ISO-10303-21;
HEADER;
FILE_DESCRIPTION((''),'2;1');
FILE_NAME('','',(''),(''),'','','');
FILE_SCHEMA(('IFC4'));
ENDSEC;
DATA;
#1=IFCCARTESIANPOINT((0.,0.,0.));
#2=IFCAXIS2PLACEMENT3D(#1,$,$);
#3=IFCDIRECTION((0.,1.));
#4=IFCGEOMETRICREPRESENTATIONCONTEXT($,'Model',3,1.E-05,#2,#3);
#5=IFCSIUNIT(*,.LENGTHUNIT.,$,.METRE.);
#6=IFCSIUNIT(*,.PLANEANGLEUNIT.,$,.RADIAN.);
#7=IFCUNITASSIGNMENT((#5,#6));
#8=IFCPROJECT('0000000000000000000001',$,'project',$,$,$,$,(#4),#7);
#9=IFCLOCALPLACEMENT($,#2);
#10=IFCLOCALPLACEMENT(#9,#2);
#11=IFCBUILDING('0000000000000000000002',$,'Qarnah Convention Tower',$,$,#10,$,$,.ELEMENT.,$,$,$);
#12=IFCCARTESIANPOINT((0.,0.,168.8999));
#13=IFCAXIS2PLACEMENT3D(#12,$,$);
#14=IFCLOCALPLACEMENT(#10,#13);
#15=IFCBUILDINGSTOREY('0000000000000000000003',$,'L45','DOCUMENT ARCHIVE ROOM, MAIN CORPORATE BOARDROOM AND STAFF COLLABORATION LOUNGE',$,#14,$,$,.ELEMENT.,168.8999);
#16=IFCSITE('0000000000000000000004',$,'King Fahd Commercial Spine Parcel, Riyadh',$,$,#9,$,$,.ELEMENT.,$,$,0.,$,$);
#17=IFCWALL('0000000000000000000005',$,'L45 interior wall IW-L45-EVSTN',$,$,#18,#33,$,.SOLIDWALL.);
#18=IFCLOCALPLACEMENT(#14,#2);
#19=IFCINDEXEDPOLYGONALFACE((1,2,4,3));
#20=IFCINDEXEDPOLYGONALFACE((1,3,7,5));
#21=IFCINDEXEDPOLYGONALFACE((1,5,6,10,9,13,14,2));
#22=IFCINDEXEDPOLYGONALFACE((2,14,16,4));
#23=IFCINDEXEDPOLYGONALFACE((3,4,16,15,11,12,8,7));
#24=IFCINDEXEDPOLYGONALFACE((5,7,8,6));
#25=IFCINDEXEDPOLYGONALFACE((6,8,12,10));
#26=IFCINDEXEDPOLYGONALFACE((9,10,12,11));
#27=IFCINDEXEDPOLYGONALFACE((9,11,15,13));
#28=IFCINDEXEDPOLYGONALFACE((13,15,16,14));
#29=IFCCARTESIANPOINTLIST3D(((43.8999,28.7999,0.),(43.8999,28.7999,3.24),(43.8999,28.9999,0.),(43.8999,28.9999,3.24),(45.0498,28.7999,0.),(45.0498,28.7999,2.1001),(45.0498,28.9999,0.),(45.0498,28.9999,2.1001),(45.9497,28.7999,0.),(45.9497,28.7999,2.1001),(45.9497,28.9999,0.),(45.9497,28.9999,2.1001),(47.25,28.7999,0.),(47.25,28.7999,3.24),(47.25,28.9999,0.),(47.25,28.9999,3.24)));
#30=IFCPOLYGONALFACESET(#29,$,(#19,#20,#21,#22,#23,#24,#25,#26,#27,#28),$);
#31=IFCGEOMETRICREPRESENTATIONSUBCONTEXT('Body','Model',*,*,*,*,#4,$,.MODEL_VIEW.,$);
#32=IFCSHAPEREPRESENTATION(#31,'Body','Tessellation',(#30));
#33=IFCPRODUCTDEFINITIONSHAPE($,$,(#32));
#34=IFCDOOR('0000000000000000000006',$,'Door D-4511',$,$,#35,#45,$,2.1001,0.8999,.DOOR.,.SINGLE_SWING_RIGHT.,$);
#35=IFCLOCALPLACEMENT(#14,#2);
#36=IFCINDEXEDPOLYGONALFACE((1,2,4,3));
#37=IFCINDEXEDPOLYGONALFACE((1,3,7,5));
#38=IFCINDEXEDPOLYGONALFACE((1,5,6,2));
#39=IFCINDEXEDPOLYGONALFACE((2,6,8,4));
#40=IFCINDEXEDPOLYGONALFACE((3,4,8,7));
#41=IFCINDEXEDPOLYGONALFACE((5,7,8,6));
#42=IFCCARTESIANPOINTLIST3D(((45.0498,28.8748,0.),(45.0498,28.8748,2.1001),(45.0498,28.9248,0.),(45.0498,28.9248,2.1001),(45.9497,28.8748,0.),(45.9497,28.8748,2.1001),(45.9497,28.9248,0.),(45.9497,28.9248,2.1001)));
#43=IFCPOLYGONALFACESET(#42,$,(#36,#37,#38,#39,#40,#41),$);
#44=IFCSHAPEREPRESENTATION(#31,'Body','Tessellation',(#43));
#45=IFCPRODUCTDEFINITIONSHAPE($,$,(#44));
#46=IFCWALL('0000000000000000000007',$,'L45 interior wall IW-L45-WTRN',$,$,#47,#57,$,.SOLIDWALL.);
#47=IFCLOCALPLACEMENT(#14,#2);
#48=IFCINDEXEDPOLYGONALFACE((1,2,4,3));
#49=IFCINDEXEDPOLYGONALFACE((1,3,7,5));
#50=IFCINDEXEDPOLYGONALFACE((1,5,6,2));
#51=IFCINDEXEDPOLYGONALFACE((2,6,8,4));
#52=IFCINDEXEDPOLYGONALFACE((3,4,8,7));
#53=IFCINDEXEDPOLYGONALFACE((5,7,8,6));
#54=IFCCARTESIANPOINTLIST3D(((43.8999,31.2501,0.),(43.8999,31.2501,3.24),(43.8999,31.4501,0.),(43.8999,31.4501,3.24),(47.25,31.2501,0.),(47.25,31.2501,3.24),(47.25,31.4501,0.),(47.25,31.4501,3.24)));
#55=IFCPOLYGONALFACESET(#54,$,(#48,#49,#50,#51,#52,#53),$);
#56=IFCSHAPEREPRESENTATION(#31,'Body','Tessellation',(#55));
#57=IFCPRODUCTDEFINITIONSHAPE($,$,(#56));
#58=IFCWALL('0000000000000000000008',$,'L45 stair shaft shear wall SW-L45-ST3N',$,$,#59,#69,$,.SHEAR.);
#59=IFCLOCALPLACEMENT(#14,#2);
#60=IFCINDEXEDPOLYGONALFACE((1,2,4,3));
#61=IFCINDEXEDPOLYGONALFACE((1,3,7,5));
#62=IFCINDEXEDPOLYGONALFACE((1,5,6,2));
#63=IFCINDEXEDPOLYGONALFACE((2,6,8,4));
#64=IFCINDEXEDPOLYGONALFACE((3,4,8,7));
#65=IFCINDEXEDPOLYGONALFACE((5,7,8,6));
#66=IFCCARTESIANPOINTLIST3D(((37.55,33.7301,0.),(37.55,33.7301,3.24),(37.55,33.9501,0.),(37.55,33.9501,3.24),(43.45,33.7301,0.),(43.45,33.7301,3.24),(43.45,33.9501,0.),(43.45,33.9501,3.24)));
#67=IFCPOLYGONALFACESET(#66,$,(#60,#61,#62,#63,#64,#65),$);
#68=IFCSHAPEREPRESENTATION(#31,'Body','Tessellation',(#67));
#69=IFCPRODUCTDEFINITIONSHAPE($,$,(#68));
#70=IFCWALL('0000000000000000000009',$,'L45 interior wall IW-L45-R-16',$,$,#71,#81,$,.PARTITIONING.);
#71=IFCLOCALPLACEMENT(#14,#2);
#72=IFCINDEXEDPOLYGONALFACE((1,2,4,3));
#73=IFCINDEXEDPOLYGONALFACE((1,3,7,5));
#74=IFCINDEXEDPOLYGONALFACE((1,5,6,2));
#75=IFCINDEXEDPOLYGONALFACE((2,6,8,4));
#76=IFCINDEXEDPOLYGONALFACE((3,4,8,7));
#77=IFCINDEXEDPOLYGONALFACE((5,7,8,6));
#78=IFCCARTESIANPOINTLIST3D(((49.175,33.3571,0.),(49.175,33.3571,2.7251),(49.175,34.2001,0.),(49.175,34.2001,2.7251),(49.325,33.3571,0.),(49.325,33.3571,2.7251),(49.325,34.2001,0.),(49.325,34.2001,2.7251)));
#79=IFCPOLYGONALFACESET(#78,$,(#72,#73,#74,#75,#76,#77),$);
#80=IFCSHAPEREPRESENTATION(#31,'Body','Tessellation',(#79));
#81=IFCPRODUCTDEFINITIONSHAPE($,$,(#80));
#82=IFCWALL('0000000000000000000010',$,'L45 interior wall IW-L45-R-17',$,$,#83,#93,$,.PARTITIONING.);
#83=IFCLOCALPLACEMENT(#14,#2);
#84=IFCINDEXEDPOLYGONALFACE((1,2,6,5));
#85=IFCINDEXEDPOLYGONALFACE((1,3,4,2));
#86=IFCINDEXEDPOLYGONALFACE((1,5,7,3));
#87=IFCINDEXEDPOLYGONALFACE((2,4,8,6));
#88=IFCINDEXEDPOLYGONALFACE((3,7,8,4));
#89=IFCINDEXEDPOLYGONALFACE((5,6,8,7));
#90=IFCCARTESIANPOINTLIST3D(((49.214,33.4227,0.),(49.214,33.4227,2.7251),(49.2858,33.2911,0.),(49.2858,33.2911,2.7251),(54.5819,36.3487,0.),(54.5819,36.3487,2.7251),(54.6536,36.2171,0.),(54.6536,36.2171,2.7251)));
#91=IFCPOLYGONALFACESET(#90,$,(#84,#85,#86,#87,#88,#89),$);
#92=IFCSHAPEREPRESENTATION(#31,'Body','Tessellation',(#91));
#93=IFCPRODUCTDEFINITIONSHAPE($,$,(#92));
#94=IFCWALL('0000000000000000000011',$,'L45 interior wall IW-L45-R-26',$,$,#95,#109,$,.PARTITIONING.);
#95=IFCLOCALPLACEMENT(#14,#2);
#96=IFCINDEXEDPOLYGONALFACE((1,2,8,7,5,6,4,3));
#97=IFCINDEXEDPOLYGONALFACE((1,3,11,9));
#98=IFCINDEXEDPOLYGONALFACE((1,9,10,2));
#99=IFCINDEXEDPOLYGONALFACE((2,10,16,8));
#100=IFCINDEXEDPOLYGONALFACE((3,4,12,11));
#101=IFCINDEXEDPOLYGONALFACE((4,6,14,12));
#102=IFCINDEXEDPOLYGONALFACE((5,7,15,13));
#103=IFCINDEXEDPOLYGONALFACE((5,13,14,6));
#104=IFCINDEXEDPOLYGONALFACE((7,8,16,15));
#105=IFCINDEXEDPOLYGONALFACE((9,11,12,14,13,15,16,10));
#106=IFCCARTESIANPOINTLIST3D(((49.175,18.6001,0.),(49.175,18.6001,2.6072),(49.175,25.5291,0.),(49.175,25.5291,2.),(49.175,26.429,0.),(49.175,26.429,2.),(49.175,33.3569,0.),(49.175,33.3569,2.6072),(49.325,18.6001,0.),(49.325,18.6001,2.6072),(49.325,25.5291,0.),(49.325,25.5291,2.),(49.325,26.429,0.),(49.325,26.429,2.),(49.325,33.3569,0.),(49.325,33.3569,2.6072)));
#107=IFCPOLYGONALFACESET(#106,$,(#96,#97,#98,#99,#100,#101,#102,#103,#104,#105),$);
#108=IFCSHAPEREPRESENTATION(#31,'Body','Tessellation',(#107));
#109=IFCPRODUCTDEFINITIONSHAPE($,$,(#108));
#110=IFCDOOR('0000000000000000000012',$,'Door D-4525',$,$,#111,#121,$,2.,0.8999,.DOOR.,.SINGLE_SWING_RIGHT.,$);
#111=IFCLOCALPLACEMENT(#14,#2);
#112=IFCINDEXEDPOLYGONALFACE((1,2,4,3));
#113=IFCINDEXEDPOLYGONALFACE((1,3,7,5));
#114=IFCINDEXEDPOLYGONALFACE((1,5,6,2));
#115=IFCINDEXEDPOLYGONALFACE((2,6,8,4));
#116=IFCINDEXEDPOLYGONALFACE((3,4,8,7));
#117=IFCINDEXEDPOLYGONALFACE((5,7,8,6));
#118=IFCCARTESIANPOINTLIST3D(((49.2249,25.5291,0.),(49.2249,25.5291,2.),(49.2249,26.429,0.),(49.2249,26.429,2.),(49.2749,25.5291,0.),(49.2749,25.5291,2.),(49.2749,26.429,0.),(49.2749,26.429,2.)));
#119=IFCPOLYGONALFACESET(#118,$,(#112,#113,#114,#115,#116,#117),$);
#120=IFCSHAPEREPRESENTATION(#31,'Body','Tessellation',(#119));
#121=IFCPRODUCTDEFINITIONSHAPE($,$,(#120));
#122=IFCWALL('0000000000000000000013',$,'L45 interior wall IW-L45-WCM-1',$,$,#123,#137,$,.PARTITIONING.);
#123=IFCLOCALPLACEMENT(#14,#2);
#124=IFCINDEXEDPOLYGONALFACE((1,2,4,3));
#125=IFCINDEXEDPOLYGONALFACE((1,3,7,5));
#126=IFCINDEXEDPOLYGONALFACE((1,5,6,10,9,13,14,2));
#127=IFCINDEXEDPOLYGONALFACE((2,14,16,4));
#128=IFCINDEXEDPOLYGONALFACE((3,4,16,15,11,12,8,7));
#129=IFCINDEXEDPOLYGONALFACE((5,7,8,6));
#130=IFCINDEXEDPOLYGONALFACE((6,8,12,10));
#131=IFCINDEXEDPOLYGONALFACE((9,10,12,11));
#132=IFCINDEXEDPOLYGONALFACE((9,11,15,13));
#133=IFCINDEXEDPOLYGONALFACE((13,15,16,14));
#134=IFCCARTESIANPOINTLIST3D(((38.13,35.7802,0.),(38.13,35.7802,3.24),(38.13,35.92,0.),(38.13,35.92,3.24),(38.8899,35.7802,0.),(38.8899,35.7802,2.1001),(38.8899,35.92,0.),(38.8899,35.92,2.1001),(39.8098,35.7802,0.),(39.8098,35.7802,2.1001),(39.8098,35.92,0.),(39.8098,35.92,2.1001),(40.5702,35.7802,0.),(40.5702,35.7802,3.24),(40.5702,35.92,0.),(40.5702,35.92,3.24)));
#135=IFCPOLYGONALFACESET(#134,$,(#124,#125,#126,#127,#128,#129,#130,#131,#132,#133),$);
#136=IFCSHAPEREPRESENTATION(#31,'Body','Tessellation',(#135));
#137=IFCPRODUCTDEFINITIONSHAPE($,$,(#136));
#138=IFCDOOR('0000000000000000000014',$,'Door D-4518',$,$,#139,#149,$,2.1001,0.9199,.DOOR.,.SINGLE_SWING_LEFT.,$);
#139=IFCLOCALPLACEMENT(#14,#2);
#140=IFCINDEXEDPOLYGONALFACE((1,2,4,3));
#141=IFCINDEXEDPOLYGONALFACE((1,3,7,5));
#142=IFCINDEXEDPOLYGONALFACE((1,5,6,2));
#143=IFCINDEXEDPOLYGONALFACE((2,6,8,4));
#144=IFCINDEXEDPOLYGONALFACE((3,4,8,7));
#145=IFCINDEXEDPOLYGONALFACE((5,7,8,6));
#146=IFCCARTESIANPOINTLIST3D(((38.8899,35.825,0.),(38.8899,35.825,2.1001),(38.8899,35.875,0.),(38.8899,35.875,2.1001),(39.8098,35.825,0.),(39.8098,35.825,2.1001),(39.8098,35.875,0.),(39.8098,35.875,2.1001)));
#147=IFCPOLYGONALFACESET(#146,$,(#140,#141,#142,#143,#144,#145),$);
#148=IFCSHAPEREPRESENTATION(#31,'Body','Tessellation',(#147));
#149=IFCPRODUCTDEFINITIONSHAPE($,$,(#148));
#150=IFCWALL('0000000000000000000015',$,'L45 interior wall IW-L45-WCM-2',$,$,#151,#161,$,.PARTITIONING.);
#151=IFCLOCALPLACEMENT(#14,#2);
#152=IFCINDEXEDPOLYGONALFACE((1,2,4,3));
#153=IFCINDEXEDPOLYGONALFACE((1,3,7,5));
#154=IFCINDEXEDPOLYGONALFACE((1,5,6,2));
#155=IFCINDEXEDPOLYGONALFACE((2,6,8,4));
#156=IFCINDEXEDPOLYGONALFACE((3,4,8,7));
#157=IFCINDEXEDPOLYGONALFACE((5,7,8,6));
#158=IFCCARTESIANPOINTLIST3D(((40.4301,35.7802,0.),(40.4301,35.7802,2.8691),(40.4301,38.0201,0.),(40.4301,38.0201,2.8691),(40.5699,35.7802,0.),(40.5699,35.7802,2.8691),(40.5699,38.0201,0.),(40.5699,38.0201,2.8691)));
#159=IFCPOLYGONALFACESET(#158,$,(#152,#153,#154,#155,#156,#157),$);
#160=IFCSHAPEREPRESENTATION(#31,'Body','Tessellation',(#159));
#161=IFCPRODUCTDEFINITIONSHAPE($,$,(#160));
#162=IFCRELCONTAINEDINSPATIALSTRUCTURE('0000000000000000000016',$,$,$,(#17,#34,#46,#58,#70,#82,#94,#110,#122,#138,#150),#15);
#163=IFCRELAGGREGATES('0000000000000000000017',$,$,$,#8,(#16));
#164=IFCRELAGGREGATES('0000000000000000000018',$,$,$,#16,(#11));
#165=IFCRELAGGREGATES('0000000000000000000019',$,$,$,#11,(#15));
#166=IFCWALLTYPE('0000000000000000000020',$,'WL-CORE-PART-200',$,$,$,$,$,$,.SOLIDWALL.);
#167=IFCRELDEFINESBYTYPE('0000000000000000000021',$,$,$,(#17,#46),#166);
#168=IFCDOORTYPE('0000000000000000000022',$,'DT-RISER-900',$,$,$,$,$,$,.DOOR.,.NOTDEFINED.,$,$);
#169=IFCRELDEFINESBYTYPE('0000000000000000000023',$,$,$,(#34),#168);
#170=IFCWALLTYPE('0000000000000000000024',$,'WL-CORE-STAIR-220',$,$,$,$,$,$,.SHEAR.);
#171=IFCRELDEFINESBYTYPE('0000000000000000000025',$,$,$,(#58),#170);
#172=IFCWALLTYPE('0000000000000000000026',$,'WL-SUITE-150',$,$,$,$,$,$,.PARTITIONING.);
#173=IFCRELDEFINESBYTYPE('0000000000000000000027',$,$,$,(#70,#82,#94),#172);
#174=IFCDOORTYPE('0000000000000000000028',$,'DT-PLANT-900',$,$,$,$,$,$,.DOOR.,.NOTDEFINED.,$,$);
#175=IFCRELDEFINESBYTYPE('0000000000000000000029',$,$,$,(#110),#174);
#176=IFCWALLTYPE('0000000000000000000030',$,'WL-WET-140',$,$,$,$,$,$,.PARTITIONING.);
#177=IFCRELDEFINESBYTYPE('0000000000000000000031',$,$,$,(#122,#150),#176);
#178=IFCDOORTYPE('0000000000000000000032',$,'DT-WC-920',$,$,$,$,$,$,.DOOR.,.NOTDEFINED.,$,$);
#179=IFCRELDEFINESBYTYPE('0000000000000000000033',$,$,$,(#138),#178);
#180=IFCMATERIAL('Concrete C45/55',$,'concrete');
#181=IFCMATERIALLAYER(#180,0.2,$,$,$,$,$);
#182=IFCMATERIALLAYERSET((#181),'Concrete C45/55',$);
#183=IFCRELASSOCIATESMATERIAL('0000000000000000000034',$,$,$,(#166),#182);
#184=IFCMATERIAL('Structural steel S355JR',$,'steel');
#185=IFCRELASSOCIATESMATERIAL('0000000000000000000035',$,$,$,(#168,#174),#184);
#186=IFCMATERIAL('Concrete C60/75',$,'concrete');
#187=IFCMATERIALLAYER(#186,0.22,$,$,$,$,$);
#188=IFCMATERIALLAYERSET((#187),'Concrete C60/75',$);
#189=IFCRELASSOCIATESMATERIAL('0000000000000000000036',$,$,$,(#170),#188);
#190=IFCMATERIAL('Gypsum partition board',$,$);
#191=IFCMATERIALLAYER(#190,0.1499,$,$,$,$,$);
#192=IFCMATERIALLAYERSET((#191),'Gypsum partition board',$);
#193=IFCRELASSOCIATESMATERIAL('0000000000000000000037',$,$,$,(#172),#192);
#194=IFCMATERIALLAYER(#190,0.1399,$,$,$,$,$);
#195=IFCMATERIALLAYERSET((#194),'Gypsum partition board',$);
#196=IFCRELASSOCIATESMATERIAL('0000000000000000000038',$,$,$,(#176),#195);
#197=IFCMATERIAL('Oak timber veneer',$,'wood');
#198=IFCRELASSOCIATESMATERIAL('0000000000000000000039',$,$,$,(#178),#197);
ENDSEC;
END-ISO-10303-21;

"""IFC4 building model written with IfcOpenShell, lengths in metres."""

from ifc_helpers import new_model, si_unit, direction, frame, frame_2d, origin, place, context, subcontext, project, spatial, rectangle, extrude, material, layer, layer_set, type_object, element, fill, save


model = new_model("IFC4")

# Units and contexts
model_context = context("Model", 3, precision=1e-05, world=origin(), true_north=direction((0.0, 1.0)))
body_context = subcontext(model_context, "Body", "Model", "MODEL_VIEW")
ifc_project = project(units=[si_unit("LENGTHUNIT", "METRE"), si_unit("PLANEANGLEUNIT", "RADIAN")], contexts=[model_context])

# Site, building, storey
site_placement = place(None, origin())
site = spatial("IfcSite", under=ifc_project, at=site_placement, Name="King Fahd Commercial Spine Parcel, Riyadh", CompositionType="ELEMENT", RefElevation=0.0)
building_placement = place(site_placement, origin())
building = spatial("IfcBuilding", under=site, at=building_placement, Name="Qarnah Convention Tower", CompositionType="ELEMENT")
storey_placement = place(building_placement, frame((0.0, 0.0, 168.8999)))
storey = spatial("IfcBuildingStorey", under=building, at=storey_placement, Name="L45", Description="DOCUMENT ARCHIVE ROOM, MAIN CORPORATE BOARDROOM AND STAFF COLLABORATION LOUNGE", CompositionType="ELEMENT", Elevation=168.8999)

# Shared definitions
ifc_material_1 = material(Name="Concrete C60/75", Category="concrete")

# Shared definitions
ifc_material_2 = material(Name="Structural steel S355JR", Category="steel")

# Wall, opening, door
ifc_material_3 = material(Name="Concrete C45/55", Category="concrete")
ifc_layer_1 = layer(ifc_material_3, 0.2)
ifc_layer_set_1 = layer_set([ifc_layer_1], Name="Concrete C45/55")
wall_type_1 = type_object("IfcWallType", Name="WL-CORE-PART-200", PredefinedType="SOLIDWALL", material=ifc_layer_set_1)
wall_1_placement = place(storey_placement, frame((43.8999, 28.8999, 0.0), z_axis=(0.0, 0.0, 1.0), x_axis=(1.0, 0.0, 0.0)))
wall_1 = element("IfcWall", 1, at=wall_1_placement, inside=storey, type_object=wall_type_1, Name="L45 interior wall IW-L45-EVSTN", PredefinedType="SOLIDWALL", context=body_context, shape_type="SweptSolid", body=[
    extrude(rectangle(XDim=3.3501, YDim=0.2, at=frame_2d((1.675, 0.0))), origin(), (0.0, 0.0, 1.0), 3.24),
])
opening_1_placement = place(wall_1_placement, frame((1.1499, 0.0, 0.0)))
opening_1 = element("IfcOpeningElement", 2, at=opening_1_placement, cuts=wall_1, PredefinedType="OPENING", context=body_context, shape_type="SweptSolid", body=[
    extrude(rectangle(XDim=0.8999, YDim=2.1001, at=frame_2d((0.45, 1.05))), frame((0.0, 0.1099, 0.0), z_axis=(0.0, -1.0, 0.0), x_axis=(1.0, 0.0, 0.0)), (0.0, 0.0, 1.0), 0.22),
])
door_type_1 = type_object("IfcDoorType", Name="DT-RISER-900", OperationType="NOTDEFINED", PredefinedType="DOOR", material=ifc_material_2)
door_1_placement = place(opening_1_placement, origin())
door_1 = element("IfcDoor", 3, at=door_1_placement, inside=storey, type_object=door_type_1, Name="Door D-4511", OperationType="SINGLE_SWING_RIGHT", OverallHeight=2.1001, OverallWidth=0.8999, PredefinedType="DOOR", context=body_context, shape_type="SweptSolid", body=[
    extrude(rectangle(XDim=0.8999, YDim=2.1001, at=frame_2d((0.45, 1.05))), frame((0.0, 0.0249, 0.0), z_axis=(0.0, -1.0, 0.0), x_axis=(1.0, 0.0, 0.0)), (0.0, 0.0, 1.0), 0.05),
])
fill(opening_1, door_1)

# Walls
wall_2_placement = place(storey_placement, frame((43.8999, 31.3501, 0.0), z_axis=(0.0, 0.0, 1.0), x_axis=(1.0, 0.0, 0.0)))
element("IfcWall", 4, at=wall_2_placement, inside=storey, type_object=wall_type_1, Name="L45 interior wall IW-L45-WTRN", PredefinedType="SOLIDWALL", context=body_context, shape_type="SweptSolid", body=[
    extrude(rectangle(XDim=3.3501, YDim=0.2, at=frame_2d((1.675, 0.0))), origin(), (0.0, 0.0, 1.0), 3.24),
])
ifc_layer_2 = layer(ifc_material_1, 0.22)
ifc_layer_set_2 = layer_set([ifc_layer_2], Name="Concrete C60/75")
wall_type_2 = type_object("IfcWallType", Name="WL-CORE-STAIR-220", PredefinedType="SHEAR", material=ifc_layer_set_2)
wall_3_placement = place(storey_placement, frame((37.55, 33.8401, 0.0), z_axis=(0.0, 0.0, 1.0), x_axis=(1.0, 0.0, 0.0)))
element("IfcWall", 5, at=wall_3_placement, inside=storey, type_object=wall_type_2, Name="L45 stair shaft shear wall SW-L45-ST3N", PredefinedType="SHEAR", context=body_context, shape_type="SweptSolid", body=[
    extrude(rectangle(XDim=5.8999, YDim=0.22, at=frame_2d((2.95, 0.0))), origin(), (0.0, 0.0, 1.0), 3.24),
])
ifc_material_4 = material(Name="Gypsum partition board")
ifc_layer_3 = layer(ifc_material_4, 0.1499)
ifc_layer_set_3 = layer_set([ifc_layer_3], Name="Gypsum partition board")
wall_type_3 = type_object("IfcWallType", Name="WL-SUITE-150", PredefinedType="PARTITIONING", material=ifc_layer_set_3)
wall_4_placement = place(storey_placement, frame((49.25, 34.2, 0.0), z_axis=(0.0, 0.0, 1.0), x_axis=(0.0, -1.0, 0.0)))
element("IfcWall", 6, at=wall_4_placement, inside=storey, type_object=wall_type_3, Name="L45 interior wall IW-L45-R-16", PredefinedType="PARTITIONING", context=body_context, shape_type="SweptSolid", body=[
    extrude(rectangle(XDim=0.843, YDim=0.1499, at=frame_2d((0.4214, 0.0))), origin(), (0.0, 0.0, 1.0), 2.7251),
])
wall_5_placement = place(storey_placement, frame((49.25, 33.3569, 0.0), z_axis=(0.0, 0.0, 1.0), x_axis=(0.878028, 0.478609, 0.0)))
element("IfcWall", 7, at=wall_5_placement, inside=storey, type_object=wall_type_3, Name="L45 interior wall IW-L45-R-17", PredefinedType="PARTITIONING", context=body_context, shape_type="SweptSolid", body=[
    extrude(rectangle(XDim=6.1135, YDim=0.1499, at=frame_2d((3.0566, 0.0))), origin(), (0.0, 0.0, 1.0), 2.7251),
])

# Walls, openings, doors
wall_6_placement = place(storey_placement, frame((49.25, 33.3569, 0.0), z_axis=(0.0, 0.0, 1.0), x_axis=(0.0, -1.0, 0.0)))
wall_6 = element("IfcWall", 8, at=wall_6_placement, inside=storey, type_object=wall_type_3, Name="L45 interior wall IW-L45-R-26", PredefinedType="PARTITIONING", context=body_context, shape_type="SweptSolid", body=[
    extrude(rectangle(XDim=14.7568, YDim=0.1499, at=frame_2d((7.3784, 0.0))), origin(), (0.0, 0.0, 1.0), 2.6072),
])
opening_2_placement = place(wall_6_placement, frame((6.928, 0.0, 0.0)))
opening_2 = element("IfcOpeningElement", 9, at=opening_2_placement, cuts=wall_6, PredefinedType="OPENING", context=body_context, shape_type="SweptSolid", body=[
    extrude(rectangle(XDim=0.8999, YDim=2.0, at=frame_2d((0.45, 1.0))), frame((0.0, 0.085, 0.0), z_axis=(0.0, -1.0, 0.0), x_axis=(1.0, 0.0, 0.0)), (0.0, 0.0, 1.0), 0.1699),
])
door_type_2 = type_object("IfcDoorType", Name="DT-PLANT-900", OperationType="NOTDEFINED", PredefinedType="DOOR", material=ifc_material_2)
door_2_placement = place(opening_2_placement, origin())
door_2 = element("IfcDoor", 10, at=door_2_placement, inside=storey, type_object=door_type_2, Name="Door D-4525", OperationType="SINGLE_SWING_RIGHT", OverallHeight=2.0, OverallWidth=0.8999, PredefinedType="DOOR", context=body_context, shape_type="SweptSolid", body=[
    extrude(rectangle(XDim=0.8999, YDim=2.0, at=frame_2d((0.45, 1.0))), frame((0.0, 0.0249, 0.0), z_axis=(0.0, -1.0, 0.0), x_axis=(1.0, 0.0, 0.0)), (0.0, 0.0, 1.0), 0.05),
])
fill(opening_2, door_2)
ifc_layer_4 = layer(ifc_material_4, 0.1399)
ifc_layer_set_4 = layer_set([ifc_layer_4], Name="Gypsum partition board")
wall_type_4 = type_object("IfcWallType", Name="WL-WET-140", PredefinedType="PARTITIONING", material=ifc_layer_set_4)
wall_7_placement = place(storey_placement, frame((38.1299, 35.8501, 0.0), z_axis=(0.0, 0.0, 1.0), x_axis=(1.0, 0.0, 0.0)))
wall_7 = element("IfcWall", 11, at=wall_7_placement, inside=storey, type_object=wall_type_4, Name="L45 interior wall IW-L45-WCM-1", PredefinedType="PARTITIONING", context=body_context, shape_type="SweptSolid", body=[
    extrude(rectangle(XDim=2.4402, YDim=0.1399, at=frame_2d((1.2202, 0.0))), origin(), (0.0, 0.0, 1.0), 3.24),
])
opening_3_placement = place(wall_7_placement, frame((0.76, 0.0, 0.0)))
opening_3 = element("IfcOpeningElement", 12, at=opening_3_placement, cuts=wall_7, PredefinedType="OPENING", context=body_context, shape_type="SweptSolid", body=[
    extrude(rectangle(XDim=0.9199, YDim=2.1001, at=frame_2d((0.46, 1.05))), frame((0.0, 0.0798, 0.0), z_axis=(0.0, -1.0, 0.0), x_axis=(1.0, 0.0, 0.0)), (0.0, 0.0, 1.0), 0.1599),
])
ifc_material_5 = material(Name="Oak timber veneer", Category="wood")
door_type_3 = type_object("IfcDoorType", Name="DT-WC-920", OperationType="NOTDEFINED", PredefinedType="DOOR", material=ifc_material_5)
door_3_placement = place(opening_3_placement, origin())
door_3 = element("IfcDoor", 13, at=door_3_placement, inside=storey, type_object=door_type_3, Name="Door D-4518", OperationType="SINGLE_SWING_LEFT", OverallHeight=2.1001, OverallWidth=0.9199, PredefinedType="DOOR", context=body_context, shape_type="SweptSolid", body=[
    extrude(rectangle(XDim=0.9199, YDim=2.1001, at=frame_2d((0.46, 1.05))), frame((0.0, 0.0249, 0.0), z_axis=(0.0, -1.0, 0.0), x_axis=(1.0, 0.0, 0.0)), (0.0, 0.0, 1.0), 0.05),
])
fill(opening_3, door_3)

# Wall
wall_8_placement = place(storey_placement, frame((40.5, 35.78, 0.0), z_axis=(0.0, 0.0, 1.0), x_axis=(0.0, 1.0, 0.0)))
element("IfcWall", 14, at=wall_8_placement, inside=storey, type_object=wall_type_4, Name="L45 interior wall IW-L45-WCM-2", PredefinedType="PARTITIONING", context=body_context, shape_type="SweptSolid", body=[
    extrude(rectangle(XDim=2.24, YDim=0.1399, at=frame_2d((1.1201, 0.0))), origin(), (0.0, 0.0, 1.0), 2.8691),
])

save(model, "model.ifc")
